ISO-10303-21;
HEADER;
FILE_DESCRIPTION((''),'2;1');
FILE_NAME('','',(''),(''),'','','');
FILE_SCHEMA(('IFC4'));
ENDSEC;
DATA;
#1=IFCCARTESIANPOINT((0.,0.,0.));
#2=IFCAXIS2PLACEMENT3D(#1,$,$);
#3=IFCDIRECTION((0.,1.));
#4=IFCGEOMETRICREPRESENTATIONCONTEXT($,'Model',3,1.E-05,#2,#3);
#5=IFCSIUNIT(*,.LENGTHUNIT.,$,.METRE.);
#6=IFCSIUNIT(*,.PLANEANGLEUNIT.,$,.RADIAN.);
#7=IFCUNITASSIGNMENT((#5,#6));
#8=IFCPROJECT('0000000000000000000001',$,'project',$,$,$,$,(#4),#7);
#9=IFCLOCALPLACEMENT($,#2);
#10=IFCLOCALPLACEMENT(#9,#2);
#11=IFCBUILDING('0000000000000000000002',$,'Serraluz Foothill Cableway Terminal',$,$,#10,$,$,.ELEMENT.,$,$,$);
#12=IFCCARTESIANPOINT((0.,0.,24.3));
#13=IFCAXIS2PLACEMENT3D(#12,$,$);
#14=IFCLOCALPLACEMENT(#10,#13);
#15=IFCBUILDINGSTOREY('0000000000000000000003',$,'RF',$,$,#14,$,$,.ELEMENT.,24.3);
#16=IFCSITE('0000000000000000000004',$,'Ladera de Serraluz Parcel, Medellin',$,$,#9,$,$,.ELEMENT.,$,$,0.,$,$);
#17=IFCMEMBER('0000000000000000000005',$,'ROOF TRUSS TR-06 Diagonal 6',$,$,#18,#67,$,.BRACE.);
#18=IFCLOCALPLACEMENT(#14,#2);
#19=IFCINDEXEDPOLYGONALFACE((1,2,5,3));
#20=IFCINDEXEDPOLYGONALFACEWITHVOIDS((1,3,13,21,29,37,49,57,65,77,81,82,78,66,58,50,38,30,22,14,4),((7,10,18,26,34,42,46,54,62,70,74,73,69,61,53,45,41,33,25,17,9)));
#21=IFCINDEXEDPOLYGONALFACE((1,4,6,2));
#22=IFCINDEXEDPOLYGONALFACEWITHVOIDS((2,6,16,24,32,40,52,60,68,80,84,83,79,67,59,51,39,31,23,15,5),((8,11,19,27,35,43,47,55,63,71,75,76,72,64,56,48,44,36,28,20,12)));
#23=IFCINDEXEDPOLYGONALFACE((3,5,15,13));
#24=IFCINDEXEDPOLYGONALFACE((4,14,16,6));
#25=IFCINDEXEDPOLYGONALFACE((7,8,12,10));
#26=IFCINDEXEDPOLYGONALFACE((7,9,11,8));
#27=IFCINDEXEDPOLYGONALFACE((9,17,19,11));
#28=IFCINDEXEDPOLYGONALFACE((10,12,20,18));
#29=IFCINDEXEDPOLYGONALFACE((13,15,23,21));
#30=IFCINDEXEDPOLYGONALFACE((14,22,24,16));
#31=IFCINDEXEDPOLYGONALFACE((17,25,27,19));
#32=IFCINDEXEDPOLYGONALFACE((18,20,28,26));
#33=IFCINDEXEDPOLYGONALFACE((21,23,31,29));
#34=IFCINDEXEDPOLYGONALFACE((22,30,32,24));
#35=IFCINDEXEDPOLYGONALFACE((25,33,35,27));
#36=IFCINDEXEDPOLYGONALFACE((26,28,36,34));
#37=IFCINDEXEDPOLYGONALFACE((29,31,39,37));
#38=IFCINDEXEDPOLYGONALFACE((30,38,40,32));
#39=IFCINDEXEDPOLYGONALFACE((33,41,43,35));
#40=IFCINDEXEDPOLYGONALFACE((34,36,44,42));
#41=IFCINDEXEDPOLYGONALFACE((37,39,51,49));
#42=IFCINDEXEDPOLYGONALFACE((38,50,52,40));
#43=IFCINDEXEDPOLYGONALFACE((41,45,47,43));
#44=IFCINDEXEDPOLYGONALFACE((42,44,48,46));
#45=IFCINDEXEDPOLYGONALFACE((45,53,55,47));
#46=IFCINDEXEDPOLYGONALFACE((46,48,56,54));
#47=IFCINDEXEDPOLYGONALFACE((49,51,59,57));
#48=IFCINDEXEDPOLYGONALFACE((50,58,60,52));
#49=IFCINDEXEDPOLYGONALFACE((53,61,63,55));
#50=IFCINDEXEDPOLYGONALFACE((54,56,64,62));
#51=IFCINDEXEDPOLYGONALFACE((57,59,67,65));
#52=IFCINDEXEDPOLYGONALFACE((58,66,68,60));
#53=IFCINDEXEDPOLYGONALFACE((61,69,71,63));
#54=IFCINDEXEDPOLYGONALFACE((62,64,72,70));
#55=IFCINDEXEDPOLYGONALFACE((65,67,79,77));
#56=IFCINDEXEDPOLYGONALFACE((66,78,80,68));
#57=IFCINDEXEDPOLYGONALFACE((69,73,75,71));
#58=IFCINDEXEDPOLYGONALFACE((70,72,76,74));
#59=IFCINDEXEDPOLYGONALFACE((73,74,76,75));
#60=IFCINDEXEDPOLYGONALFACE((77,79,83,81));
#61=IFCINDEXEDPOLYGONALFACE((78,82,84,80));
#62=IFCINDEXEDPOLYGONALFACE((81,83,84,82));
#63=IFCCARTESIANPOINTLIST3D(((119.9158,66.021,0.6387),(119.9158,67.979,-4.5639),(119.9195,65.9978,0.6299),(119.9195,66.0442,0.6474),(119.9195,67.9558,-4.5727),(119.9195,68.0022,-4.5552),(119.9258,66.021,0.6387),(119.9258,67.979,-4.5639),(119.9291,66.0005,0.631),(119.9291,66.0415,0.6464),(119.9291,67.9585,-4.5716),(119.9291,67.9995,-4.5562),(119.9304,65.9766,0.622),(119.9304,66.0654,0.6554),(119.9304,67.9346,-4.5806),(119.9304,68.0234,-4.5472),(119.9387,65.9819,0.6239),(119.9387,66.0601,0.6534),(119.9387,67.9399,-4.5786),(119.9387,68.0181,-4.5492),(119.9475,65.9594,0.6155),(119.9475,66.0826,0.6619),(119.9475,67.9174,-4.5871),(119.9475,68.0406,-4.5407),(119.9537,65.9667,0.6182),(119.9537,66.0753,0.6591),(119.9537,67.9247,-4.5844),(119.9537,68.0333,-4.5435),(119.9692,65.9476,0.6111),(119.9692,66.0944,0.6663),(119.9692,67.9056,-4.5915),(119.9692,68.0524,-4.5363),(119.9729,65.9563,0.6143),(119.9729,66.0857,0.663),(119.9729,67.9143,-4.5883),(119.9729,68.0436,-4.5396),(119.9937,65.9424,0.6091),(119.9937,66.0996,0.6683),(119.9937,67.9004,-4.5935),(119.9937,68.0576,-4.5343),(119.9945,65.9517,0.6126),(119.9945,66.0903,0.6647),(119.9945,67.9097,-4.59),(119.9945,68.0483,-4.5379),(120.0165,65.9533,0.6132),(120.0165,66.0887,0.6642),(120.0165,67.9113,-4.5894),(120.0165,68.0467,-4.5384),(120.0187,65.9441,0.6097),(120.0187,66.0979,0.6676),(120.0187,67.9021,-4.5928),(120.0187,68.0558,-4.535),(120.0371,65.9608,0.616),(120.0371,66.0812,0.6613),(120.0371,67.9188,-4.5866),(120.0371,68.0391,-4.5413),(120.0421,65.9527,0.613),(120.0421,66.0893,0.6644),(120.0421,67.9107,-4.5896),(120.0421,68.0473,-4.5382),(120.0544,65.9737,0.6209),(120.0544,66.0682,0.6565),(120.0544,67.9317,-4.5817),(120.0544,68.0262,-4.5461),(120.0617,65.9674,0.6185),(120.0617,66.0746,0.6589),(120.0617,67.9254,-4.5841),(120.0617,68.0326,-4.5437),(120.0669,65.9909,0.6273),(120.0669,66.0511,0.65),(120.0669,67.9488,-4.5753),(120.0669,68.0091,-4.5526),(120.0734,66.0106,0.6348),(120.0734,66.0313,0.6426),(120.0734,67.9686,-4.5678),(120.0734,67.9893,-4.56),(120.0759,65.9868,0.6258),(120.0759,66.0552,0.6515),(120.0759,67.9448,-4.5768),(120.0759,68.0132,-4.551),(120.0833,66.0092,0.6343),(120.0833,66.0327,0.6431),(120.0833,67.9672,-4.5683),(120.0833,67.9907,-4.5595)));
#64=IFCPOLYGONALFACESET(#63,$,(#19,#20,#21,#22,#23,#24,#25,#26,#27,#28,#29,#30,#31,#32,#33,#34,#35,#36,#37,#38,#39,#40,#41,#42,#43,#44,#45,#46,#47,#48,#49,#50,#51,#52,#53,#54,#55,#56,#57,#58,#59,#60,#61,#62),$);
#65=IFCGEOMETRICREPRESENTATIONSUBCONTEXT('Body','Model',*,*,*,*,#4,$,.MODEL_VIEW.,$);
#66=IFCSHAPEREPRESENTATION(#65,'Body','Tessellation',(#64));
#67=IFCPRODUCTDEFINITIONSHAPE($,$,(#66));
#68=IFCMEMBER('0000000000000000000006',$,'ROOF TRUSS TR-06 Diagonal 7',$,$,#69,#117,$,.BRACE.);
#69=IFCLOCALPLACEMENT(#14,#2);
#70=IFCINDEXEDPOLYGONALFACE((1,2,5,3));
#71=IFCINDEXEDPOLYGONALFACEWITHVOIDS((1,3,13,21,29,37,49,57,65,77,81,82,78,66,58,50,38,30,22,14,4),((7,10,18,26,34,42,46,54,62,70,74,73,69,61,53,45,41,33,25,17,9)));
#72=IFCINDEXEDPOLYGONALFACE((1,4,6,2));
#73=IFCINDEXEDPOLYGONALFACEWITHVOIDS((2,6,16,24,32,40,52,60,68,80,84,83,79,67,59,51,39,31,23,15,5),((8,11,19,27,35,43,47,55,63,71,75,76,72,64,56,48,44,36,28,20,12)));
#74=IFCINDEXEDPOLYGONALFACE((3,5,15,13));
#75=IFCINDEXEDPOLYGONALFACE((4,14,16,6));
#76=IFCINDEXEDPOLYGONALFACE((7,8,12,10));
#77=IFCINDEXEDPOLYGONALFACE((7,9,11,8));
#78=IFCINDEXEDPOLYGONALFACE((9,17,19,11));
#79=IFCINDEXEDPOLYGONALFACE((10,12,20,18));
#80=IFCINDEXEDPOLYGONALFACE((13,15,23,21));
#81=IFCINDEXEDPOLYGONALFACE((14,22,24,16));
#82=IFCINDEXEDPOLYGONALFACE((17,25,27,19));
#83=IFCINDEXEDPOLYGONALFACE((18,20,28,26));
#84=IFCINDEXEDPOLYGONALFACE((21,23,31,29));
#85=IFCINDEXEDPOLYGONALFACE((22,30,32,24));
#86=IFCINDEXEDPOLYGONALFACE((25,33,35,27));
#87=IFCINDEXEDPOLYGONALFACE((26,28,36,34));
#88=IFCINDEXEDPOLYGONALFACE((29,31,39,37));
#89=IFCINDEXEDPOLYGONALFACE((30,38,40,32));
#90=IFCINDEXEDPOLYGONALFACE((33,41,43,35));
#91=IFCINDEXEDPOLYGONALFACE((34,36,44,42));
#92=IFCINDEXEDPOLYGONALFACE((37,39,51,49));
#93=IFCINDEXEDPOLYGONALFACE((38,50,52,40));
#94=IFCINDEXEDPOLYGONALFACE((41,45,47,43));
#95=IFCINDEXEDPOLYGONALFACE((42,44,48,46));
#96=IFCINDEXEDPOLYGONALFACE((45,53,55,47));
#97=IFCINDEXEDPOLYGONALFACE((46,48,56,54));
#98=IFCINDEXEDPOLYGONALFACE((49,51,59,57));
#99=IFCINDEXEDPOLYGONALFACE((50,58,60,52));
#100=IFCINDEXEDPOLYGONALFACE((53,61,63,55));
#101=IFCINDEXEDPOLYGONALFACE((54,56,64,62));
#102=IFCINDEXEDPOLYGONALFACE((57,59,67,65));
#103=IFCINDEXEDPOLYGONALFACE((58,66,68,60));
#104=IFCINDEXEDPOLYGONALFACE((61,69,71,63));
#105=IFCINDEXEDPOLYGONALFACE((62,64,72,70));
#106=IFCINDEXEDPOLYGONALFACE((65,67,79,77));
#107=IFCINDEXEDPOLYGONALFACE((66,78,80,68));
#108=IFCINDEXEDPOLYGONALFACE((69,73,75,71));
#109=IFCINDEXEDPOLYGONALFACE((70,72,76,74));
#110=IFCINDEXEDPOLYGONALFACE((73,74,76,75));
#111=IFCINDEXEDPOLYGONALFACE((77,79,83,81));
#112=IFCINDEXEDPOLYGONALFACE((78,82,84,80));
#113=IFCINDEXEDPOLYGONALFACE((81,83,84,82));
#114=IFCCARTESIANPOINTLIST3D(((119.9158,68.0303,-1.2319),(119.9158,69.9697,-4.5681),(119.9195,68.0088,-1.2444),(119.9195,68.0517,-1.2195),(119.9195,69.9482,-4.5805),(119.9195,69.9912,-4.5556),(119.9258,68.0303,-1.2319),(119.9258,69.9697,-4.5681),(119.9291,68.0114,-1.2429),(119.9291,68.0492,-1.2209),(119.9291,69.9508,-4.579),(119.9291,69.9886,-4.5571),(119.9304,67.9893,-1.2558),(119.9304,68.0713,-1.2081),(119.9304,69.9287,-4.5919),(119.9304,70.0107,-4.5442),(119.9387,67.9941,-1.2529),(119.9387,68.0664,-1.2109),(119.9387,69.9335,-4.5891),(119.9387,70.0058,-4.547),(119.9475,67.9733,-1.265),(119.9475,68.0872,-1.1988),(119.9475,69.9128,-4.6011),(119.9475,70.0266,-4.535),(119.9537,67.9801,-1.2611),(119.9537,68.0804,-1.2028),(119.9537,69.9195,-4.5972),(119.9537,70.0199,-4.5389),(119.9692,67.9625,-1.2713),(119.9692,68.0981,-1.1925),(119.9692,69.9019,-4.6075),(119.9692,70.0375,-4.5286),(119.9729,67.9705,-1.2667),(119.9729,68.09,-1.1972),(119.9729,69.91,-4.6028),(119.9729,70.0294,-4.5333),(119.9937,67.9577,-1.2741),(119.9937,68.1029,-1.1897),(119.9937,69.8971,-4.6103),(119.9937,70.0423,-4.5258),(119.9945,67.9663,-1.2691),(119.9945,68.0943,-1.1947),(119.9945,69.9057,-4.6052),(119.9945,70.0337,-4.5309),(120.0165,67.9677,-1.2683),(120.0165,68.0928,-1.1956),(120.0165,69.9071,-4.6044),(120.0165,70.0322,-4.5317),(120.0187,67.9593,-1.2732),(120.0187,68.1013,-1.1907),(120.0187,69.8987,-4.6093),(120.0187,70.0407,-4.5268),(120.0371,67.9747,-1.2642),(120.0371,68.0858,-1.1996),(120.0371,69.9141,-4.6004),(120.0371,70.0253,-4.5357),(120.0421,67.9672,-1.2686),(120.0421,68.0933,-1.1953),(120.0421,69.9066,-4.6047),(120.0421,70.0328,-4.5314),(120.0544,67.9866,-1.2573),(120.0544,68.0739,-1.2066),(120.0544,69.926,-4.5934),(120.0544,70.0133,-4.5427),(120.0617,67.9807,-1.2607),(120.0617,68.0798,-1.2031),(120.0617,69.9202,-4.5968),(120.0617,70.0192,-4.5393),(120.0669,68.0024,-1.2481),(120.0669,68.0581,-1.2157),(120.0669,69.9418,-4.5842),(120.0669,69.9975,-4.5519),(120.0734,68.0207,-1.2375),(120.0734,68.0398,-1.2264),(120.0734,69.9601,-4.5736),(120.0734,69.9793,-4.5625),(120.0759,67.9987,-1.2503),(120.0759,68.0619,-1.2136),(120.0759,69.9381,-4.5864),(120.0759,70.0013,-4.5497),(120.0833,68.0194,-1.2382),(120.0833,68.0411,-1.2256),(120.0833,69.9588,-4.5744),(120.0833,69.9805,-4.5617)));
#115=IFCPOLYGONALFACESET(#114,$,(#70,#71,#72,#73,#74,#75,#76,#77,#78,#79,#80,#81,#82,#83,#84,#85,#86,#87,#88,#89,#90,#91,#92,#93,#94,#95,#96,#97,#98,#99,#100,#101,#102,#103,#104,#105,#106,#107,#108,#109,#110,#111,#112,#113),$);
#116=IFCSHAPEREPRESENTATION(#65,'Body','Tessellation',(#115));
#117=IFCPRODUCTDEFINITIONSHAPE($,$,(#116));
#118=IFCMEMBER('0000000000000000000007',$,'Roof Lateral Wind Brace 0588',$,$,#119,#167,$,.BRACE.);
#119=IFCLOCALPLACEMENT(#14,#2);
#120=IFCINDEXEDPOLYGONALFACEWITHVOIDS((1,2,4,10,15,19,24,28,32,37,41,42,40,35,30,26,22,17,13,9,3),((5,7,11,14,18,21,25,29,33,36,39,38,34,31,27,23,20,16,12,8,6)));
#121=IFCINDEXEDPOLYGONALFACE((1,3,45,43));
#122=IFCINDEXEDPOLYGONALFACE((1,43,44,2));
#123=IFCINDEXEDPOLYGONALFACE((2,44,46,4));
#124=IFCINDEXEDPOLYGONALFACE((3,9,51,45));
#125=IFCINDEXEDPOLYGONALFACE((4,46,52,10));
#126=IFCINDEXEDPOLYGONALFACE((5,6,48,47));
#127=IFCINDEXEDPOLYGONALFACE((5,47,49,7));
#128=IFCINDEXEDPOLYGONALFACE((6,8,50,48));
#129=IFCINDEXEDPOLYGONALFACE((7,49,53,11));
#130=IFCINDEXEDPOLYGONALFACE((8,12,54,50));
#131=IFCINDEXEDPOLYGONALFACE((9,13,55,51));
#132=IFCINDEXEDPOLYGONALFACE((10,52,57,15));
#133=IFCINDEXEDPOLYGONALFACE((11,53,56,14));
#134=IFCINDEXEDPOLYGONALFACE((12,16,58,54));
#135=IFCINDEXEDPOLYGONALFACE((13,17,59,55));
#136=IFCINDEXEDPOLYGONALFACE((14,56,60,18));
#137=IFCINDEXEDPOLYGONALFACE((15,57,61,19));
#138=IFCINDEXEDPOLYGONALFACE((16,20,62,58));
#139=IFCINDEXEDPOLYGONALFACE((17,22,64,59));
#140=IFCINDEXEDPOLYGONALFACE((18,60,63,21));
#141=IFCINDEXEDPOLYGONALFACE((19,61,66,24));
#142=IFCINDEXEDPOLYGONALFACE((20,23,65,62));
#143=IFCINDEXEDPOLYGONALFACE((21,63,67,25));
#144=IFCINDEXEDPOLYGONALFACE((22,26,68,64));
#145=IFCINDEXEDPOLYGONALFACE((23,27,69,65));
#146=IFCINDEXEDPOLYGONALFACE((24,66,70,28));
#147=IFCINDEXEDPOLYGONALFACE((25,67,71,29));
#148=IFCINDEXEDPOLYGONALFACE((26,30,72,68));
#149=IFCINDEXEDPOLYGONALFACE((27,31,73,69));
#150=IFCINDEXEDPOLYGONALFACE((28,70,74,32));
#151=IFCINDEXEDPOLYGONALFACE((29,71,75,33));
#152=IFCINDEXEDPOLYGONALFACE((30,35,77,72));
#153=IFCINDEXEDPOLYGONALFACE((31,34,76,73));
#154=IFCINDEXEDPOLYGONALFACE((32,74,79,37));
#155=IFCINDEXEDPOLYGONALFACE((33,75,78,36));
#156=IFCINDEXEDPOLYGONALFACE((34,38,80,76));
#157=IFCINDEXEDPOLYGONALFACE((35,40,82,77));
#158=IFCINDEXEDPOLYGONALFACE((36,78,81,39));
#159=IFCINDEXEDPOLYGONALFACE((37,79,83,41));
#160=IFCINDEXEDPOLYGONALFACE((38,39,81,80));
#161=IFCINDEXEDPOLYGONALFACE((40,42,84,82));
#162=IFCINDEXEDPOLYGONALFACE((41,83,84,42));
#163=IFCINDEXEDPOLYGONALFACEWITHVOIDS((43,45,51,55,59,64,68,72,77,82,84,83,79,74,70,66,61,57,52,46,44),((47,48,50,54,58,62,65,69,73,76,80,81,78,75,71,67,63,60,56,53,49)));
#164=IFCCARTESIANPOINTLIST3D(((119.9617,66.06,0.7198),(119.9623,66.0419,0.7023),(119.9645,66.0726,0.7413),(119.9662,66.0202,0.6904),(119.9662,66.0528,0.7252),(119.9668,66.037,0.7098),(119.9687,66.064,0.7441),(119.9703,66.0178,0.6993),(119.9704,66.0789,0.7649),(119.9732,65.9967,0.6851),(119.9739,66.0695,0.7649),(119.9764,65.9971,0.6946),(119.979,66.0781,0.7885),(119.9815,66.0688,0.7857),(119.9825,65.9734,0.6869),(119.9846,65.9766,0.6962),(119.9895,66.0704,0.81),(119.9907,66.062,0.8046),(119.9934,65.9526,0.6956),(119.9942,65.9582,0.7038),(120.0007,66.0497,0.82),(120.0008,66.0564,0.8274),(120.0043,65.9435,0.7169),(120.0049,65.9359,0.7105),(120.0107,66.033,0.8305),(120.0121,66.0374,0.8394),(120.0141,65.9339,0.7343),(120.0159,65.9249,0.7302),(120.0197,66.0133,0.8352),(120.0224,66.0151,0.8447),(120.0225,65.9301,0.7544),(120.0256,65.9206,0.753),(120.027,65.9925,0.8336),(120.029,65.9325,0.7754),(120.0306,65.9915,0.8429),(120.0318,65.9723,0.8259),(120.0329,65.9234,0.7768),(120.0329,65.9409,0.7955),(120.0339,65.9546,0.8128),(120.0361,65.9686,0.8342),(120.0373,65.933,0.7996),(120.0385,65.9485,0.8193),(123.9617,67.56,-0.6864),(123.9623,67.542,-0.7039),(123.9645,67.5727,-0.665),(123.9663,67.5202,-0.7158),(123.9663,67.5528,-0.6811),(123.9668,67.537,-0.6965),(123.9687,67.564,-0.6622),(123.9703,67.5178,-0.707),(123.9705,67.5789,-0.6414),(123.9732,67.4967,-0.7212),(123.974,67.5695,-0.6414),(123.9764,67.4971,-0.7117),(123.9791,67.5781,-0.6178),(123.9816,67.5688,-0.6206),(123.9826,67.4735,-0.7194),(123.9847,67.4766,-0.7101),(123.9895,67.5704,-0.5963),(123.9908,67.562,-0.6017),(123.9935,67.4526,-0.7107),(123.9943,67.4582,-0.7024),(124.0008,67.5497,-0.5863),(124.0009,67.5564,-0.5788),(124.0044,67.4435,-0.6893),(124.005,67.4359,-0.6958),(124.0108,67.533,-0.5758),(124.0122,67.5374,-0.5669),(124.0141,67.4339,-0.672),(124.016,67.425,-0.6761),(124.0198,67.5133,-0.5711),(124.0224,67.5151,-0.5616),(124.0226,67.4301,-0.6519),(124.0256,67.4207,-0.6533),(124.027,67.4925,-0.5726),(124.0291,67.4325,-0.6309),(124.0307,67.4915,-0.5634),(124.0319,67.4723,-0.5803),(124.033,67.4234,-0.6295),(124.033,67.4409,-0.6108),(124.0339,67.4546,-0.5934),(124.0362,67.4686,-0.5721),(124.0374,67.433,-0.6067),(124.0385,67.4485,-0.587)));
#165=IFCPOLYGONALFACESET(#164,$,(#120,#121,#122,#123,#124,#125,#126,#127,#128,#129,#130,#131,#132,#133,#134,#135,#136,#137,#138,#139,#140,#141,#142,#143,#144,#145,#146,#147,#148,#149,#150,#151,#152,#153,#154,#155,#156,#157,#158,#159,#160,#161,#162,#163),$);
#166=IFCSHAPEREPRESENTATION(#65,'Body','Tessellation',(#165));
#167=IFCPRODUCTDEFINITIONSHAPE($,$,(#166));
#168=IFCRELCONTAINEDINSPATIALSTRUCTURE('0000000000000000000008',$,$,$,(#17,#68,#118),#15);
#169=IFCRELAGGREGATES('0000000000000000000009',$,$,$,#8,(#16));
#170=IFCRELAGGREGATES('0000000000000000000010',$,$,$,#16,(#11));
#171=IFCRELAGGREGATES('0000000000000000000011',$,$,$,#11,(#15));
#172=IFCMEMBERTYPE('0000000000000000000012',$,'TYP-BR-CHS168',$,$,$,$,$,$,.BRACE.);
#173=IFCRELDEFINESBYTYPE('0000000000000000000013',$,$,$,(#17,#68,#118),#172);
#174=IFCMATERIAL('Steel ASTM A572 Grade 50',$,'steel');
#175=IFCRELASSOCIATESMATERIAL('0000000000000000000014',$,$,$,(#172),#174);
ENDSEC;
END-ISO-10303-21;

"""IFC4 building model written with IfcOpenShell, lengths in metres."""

from ifc_helpers import new_model, si_unit, direction, frame, origin, origin_2d, place, context, subcontext, project, spatial, hollow_circle, extrude, material, material_profile, profile_set, type_object, element, save


model = new_model("IFC4")

# Units and contexts
model_context = context("Model", 3, precision=1e-05, world=origin(), true_north=direction((0.0, 1.0)))
body_context = subcontext(model_context, "Body", "Model", "MODEL_VIEW")
ifc_project = project(units=[si_unit("LENGTHUNIT", "METRE"), si_unit("PLANEANGLEUNIT", "RADIAN")], contexts=[model_context])

# Site, building, storey
site_placement = place(None, origin())
site = spatial("IfcSite", under=ifc_project, at=site_placement, Name="Ladera de Serraluz Parcel, Medellin", CompositionType="ELEMENT", RefElevation=0.0)
building_placement = place(site_placement, origin())
building = spatial("IfcBuilding", under=site, at=building_placement, Name="Serraluz Foothill Cableway Terminal", CompositionType="ELEMENT")
storey_placement = place(building_placement, frame((0.0, 0.0, 24.3)))
storey = spatial("IfcBuildingStorey", under=building, at=storey_placement, Name="RF", CompositionType="ELEMENT", Elevation=24.3)

# Members
ifc_material_1 = material(Name="Steel ASTM A572 Grade 50", Category="steel")
ifc_material_profile_1 = material_profile(ifc_material_1, hollow_circle(Radius=0.0842, WallThickness=0.01, at=origin_2d()), Name="CHS168X10")
ifc_profile_set_1 = profile_set([ifc_material_profile_1], Name="Steel ASTM A572 Grade 50")
member_type_1 = type_object("IfcMemberType", Name="TYP-BR-CHS168", PredefinedType="BRACE", material=ifc_profile_set_1)
member_1_placement = place(storey_placement, frame((120.0, 66.021, 0.6387), z_axis=(0.0, 0.35223, -0.935913), x_axis=(-1.0, 0.0, 0.0)))
element("IfcMember", 1, at=member_1_placement, inside=storey, type_object=member_type_1, Name="ROOF TRUSS TR-06 Diagonal 6", PredefinedType="BRACE", context=body_context, shape_type="SweptSolid", body=[
    extrude(hollow_circle(Radius=0.0842, WallThickness=0.01, at=origin_2d()), origin(), (0.0, 0.0, 1.0), 5.5588),
])
member_2_placement = place(storey_placement, frame((120.0, 68.0303, -1.2319), z_axis=(0.0, 0.502584, -0.864528), x_axis=(-1.0, 0.0, 0.0)))
element("IfcMember", 2, at=member_2_placement, inside=storey, type_object=member_type_1, Name="ROOF TRUSS TR-06 Diagonal 7", PredefinedType="BRACE", context=body_context, shape_type="SweptSolid", body=[
    extrude(hollow_circle(Radius=0.0842, WallThickness=0.01, at=origin_2d()), origin(), (0.0, 0.0, 1.0), 3.8589),
])
member_3_placement = place(storey_placement, frame((120.0, 66.0, 0.7649), z_axis=(0.889382, 0.333518, -0.312673), x_axis=(-0.351123, 0.936329, 0.0)))
element("IfcMember", 3, at=member_3_placement, inside=storey, type_object=member_type_1, Name="Roof Lateral Wind Brace 0588", PredefinedType="BRACE", context=body_context, shape_type="SweptSolid", body=[
    extrude(hollow_circle(Radius=0.0842, WallThickness=0.01, at=origin_2d()), origin(), (0.0, 0.0, 1.0), 4.4976),
])

save(model, "model.ifc")
